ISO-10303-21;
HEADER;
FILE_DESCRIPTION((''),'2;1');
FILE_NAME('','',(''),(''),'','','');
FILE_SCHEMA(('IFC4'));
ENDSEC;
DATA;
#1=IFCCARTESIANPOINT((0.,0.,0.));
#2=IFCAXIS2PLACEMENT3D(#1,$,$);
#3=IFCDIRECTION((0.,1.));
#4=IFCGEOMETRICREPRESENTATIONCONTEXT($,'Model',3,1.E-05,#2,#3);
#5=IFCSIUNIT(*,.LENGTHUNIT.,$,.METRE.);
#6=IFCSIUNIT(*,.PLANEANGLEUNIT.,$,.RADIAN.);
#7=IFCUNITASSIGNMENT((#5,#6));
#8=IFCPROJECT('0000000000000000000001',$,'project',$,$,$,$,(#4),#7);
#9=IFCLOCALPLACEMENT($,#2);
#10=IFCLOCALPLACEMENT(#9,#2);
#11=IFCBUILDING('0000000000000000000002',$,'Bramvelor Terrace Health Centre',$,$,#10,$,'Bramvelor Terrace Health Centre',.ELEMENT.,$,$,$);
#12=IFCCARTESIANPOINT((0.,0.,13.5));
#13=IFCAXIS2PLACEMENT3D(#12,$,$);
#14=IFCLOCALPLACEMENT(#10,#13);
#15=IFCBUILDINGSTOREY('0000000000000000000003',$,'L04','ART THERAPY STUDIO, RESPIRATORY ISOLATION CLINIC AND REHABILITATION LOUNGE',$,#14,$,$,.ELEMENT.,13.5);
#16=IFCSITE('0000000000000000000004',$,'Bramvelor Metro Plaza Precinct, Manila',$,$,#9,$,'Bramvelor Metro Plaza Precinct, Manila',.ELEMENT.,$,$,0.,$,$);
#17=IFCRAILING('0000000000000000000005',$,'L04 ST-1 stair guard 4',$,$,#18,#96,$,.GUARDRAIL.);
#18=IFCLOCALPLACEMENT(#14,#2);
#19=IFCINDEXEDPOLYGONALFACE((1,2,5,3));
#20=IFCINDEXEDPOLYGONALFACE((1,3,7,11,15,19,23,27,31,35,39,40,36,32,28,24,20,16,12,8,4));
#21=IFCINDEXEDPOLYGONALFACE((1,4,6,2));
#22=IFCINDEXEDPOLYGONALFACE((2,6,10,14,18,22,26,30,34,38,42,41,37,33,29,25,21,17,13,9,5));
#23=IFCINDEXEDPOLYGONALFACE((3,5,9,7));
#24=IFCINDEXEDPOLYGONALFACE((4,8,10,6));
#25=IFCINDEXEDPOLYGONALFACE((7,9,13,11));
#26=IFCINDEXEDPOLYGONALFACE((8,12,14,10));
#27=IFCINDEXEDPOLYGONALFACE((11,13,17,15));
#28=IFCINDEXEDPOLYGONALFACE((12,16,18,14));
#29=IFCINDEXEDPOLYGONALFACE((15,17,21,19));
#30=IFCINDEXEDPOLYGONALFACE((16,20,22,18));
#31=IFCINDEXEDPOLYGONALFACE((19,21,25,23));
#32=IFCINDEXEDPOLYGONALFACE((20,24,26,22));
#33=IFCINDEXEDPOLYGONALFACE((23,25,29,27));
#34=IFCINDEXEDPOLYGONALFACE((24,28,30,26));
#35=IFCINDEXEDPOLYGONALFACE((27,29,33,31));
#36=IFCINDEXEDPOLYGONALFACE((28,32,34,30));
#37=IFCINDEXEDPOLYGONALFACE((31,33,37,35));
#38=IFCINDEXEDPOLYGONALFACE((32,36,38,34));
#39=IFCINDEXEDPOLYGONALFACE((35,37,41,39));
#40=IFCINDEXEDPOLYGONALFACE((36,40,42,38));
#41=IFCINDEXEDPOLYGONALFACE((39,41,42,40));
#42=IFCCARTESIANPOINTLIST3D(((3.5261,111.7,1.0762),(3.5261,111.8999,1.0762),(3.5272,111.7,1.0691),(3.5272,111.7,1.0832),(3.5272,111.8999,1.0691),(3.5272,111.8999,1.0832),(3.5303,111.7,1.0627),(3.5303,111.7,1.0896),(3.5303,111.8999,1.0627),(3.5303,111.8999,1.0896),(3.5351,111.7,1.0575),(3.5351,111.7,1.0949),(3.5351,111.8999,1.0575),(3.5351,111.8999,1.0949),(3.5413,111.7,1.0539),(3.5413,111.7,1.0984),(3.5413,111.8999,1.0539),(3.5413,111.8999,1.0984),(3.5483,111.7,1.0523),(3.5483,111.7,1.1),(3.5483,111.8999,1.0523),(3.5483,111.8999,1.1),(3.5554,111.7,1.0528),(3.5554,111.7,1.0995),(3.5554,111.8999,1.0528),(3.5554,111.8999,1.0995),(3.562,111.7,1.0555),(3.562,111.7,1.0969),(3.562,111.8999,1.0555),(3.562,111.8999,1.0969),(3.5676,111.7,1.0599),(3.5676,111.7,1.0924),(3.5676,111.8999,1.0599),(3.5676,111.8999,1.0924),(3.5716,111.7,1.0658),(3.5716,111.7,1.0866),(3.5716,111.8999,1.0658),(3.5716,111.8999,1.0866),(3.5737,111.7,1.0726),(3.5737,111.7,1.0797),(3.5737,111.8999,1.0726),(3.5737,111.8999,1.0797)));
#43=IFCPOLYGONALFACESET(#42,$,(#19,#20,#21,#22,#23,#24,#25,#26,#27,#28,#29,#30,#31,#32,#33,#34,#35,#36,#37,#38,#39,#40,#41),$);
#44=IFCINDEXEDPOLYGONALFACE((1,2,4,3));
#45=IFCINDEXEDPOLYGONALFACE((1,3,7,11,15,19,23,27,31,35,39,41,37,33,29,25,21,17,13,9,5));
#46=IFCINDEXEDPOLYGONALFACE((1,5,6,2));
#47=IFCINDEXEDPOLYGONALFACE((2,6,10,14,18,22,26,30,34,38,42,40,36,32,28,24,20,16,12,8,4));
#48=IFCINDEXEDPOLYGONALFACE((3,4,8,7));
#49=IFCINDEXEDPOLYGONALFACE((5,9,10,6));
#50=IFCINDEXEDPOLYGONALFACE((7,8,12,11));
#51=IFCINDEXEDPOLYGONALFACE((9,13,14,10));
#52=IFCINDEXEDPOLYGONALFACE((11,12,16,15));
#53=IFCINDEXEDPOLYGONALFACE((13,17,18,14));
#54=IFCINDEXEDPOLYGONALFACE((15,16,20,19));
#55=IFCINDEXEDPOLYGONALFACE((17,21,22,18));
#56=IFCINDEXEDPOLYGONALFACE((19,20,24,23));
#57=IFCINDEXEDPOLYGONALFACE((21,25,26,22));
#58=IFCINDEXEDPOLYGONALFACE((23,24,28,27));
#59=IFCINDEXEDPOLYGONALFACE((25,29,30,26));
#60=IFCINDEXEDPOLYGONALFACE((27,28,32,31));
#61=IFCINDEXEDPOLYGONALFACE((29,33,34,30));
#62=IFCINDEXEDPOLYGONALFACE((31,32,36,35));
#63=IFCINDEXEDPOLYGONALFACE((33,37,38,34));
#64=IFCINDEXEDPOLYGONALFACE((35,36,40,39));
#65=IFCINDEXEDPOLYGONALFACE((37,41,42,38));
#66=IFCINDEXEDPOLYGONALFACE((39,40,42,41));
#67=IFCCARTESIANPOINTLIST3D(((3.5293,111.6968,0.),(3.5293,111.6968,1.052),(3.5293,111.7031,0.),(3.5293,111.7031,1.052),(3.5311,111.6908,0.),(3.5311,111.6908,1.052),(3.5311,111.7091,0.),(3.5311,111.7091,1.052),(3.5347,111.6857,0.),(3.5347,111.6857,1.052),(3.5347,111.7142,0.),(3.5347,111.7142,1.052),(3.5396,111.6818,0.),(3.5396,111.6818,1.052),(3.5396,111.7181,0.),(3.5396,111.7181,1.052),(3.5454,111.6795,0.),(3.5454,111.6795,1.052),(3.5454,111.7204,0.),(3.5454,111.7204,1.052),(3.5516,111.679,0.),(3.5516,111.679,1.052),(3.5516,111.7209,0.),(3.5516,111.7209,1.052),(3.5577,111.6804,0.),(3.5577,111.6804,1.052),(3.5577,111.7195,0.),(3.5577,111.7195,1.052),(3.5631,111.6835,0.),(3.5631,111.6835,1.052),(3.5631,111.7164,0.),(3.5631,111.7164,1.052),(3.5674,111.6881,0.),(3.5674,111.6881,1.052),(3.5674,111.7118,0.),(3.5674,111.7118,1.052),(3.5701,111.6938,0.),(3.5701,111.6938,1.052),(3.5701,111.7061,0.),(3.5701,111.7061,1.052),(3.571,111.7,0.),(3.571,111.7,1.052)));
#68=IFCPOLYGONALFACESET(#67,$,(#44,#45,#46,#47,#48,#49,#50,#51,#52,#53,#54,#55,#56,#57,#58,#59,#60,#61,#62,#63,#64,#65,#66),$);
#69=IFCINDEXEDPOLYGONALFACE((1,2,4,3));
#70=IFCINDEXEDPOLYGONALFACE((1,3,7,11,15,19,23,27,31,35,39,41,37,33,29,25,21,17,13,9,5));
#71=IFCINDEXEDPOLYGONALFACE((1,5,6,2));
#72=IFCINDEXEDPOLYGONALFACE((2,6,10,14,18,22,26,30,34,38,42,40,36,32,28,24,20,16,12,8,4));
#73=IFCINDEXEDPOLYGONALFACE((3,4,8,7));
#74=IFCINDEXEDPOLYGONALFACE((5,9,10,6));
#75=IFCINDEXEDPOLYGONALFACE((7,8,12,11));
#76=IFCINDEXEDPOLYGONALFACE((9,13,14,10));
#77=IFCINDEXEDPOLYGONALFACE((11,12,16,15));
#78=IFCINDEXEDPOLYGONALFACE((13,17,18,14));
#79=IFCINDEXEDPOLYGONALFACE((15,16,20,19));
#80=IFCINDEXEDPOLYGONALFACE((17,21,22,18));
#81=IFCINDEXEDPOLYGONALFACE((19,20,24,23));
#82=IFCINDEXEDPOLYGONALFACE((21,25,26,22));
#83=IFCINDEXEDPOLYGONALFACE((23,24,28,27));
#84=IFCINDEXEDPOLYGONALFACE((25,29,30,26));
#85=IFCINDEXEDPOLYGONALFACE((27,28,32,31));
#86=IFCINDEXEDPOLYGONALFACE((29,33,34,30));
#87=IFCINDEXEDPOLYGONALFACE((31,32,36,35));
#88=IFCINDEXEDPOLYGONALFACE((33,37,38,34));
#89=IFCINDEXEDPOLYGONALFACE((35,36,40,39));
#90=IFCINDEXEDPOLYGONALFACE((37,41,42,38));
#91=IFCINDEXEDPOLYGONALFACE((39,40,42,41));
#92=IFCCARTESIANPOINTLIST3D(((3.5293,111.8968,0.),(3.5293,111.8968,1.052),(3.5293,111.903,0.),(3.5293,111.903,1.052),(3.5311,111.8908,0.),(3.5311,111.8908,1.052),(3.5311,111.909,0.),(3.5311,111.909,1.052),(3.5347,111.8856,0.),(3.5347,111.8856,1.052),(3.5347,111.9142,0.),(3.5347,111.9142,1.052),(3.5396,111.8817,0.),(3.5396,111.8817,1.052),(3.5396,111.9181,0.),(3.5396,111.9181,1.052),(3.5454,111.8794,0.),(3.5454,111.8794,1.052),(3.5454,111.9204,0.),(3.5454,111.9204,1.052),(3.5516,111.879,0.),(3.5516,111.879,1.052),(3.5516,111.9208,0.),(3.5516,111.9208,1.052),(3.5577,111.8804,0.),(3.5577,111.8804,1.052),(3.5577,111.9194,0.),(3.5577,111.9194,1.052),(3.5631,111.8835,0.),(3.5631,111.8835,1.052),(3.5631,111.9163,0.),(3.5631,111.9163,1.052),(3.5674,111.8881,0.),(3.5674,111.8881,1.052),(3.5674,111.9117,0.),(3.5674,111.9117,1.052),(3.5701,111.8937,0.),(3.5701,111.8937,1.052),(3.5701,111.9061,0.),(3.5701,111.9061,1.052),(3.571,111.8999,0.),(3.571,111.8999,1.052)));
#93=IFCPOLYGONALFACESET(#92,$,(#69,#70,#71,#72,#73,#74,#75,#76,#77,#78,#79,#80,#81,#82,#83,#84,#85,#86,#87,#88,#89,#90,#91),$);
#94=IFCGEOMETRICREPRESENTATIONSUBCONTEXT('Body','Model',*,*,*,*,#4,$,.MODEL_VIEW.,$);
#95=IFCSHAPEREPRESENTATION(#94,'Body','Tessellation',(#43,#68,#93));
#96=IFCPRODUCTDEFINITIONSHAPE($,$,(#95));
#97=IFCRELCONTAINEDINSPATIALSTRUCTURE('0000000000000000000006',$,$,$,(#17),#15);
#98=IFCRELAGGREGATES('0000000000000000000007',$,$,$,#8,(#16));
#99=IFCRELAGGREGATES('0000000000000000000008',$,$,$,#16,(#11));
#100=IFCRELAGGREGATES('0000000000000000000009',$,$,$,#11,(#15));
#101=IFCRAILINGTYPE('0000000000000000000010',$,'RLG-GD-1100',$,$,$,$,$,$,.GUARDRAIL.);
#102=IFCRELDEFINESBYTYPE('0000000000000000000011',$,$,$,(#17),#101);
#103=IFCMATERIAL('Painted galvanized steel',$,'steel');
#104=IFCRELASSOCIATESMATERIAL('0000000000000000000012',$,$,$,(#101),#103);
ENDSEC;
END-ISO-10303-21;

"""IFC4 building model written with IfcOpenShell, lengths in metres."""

from ifc_helpers import new_model, si_unit, direction, frame, origin, origin_2d, place, context, subcontext, project, spatial, circle, extrude, material, type_object, element, save


model = new_model("IFC4")

# Units and contexts
model_context = context("Model", 3, precision=1e-05, world=origin(), true_north=direction((0.0, 1.0)))
body_context = subcontext(model_context, "Body", "Model", "MODEL_VIEW")
ifc_project = project(units=[si_unit("LENGTHUNIT", "METRE"), si_unit("PLANEANGLEUNIT", "RADIAN")], contexts=[model_context])

# Site, building, storey
site_placement = place(None, origin())
site = spatial("IfcSite", under=ifc_project, at=site_placement, Name="Bramvelor Metro Plaza Precinct, Manila", LongName="Bramvelor Metro Plaza Precinct, Manila", CompositionType="ELEMENT", RefElevation=0.0)
building_placement = place(site_placement, origin())
building = spatial("IfcBuilding", under=site, at=building_placement, Name="Bramvelor Terrace Health Centre", LongName="Bramvelor Terrace Health Centre", CompositionType="ELEMENT")
storey_placement = place(building_placement, frame((0.0, 0.0, 13.5)))
storey = spatial("IfcBuildingStorey", under=building, at=storey_placement, Name="L04", Description="ART THERAPY STUDIO, RESPIRATORY ISOLATION CLINIC AND REHABILITATION LOUNGE", CompositionType="ELEMENT", Elevation=13.5)

# Railing
ifc_material_1 = material(Name="Painted galvanized steel", Category="steel")
railing_type_1 = type_object("IfcRailingType", Name="RLG-GD-1100", PredefinedType="GUARDRAIL", material=ifc_material_1)
railing_1_placement = place(storey_placement, frame((3.55, 111.7, 0.0)))
element("IfcRailing", 1, at=railing_1_placement, inside=storey, type_object=railing_type_1, Name="L04 ST-1 stair guard 4", PredefinedType="GUARDRAIL", context=body_context, shape_type="SweptSolid", body=[
    extrude(circle(Radius=0.0239, at=origin_2d()), frame((0.0, 0.0, 1.0762), z_axis=(0.0, 1.0, 0.0), x_axis=(-1.0, 0.0, 0.0)), (0.0, 0.0, 1.0), 0.2),
    extrude(circle(Radius=0.021, at=origin_2d()), origin(), (0.0, 0.0, 1.0), 1.052),
    extrude(circle(Radius=0.021, at=origin_2d()), frame((0.0, 0.2, 0.0)), (0.0, 0.0, 1.0), 1.052),
])

save(model, "model.ifc")
